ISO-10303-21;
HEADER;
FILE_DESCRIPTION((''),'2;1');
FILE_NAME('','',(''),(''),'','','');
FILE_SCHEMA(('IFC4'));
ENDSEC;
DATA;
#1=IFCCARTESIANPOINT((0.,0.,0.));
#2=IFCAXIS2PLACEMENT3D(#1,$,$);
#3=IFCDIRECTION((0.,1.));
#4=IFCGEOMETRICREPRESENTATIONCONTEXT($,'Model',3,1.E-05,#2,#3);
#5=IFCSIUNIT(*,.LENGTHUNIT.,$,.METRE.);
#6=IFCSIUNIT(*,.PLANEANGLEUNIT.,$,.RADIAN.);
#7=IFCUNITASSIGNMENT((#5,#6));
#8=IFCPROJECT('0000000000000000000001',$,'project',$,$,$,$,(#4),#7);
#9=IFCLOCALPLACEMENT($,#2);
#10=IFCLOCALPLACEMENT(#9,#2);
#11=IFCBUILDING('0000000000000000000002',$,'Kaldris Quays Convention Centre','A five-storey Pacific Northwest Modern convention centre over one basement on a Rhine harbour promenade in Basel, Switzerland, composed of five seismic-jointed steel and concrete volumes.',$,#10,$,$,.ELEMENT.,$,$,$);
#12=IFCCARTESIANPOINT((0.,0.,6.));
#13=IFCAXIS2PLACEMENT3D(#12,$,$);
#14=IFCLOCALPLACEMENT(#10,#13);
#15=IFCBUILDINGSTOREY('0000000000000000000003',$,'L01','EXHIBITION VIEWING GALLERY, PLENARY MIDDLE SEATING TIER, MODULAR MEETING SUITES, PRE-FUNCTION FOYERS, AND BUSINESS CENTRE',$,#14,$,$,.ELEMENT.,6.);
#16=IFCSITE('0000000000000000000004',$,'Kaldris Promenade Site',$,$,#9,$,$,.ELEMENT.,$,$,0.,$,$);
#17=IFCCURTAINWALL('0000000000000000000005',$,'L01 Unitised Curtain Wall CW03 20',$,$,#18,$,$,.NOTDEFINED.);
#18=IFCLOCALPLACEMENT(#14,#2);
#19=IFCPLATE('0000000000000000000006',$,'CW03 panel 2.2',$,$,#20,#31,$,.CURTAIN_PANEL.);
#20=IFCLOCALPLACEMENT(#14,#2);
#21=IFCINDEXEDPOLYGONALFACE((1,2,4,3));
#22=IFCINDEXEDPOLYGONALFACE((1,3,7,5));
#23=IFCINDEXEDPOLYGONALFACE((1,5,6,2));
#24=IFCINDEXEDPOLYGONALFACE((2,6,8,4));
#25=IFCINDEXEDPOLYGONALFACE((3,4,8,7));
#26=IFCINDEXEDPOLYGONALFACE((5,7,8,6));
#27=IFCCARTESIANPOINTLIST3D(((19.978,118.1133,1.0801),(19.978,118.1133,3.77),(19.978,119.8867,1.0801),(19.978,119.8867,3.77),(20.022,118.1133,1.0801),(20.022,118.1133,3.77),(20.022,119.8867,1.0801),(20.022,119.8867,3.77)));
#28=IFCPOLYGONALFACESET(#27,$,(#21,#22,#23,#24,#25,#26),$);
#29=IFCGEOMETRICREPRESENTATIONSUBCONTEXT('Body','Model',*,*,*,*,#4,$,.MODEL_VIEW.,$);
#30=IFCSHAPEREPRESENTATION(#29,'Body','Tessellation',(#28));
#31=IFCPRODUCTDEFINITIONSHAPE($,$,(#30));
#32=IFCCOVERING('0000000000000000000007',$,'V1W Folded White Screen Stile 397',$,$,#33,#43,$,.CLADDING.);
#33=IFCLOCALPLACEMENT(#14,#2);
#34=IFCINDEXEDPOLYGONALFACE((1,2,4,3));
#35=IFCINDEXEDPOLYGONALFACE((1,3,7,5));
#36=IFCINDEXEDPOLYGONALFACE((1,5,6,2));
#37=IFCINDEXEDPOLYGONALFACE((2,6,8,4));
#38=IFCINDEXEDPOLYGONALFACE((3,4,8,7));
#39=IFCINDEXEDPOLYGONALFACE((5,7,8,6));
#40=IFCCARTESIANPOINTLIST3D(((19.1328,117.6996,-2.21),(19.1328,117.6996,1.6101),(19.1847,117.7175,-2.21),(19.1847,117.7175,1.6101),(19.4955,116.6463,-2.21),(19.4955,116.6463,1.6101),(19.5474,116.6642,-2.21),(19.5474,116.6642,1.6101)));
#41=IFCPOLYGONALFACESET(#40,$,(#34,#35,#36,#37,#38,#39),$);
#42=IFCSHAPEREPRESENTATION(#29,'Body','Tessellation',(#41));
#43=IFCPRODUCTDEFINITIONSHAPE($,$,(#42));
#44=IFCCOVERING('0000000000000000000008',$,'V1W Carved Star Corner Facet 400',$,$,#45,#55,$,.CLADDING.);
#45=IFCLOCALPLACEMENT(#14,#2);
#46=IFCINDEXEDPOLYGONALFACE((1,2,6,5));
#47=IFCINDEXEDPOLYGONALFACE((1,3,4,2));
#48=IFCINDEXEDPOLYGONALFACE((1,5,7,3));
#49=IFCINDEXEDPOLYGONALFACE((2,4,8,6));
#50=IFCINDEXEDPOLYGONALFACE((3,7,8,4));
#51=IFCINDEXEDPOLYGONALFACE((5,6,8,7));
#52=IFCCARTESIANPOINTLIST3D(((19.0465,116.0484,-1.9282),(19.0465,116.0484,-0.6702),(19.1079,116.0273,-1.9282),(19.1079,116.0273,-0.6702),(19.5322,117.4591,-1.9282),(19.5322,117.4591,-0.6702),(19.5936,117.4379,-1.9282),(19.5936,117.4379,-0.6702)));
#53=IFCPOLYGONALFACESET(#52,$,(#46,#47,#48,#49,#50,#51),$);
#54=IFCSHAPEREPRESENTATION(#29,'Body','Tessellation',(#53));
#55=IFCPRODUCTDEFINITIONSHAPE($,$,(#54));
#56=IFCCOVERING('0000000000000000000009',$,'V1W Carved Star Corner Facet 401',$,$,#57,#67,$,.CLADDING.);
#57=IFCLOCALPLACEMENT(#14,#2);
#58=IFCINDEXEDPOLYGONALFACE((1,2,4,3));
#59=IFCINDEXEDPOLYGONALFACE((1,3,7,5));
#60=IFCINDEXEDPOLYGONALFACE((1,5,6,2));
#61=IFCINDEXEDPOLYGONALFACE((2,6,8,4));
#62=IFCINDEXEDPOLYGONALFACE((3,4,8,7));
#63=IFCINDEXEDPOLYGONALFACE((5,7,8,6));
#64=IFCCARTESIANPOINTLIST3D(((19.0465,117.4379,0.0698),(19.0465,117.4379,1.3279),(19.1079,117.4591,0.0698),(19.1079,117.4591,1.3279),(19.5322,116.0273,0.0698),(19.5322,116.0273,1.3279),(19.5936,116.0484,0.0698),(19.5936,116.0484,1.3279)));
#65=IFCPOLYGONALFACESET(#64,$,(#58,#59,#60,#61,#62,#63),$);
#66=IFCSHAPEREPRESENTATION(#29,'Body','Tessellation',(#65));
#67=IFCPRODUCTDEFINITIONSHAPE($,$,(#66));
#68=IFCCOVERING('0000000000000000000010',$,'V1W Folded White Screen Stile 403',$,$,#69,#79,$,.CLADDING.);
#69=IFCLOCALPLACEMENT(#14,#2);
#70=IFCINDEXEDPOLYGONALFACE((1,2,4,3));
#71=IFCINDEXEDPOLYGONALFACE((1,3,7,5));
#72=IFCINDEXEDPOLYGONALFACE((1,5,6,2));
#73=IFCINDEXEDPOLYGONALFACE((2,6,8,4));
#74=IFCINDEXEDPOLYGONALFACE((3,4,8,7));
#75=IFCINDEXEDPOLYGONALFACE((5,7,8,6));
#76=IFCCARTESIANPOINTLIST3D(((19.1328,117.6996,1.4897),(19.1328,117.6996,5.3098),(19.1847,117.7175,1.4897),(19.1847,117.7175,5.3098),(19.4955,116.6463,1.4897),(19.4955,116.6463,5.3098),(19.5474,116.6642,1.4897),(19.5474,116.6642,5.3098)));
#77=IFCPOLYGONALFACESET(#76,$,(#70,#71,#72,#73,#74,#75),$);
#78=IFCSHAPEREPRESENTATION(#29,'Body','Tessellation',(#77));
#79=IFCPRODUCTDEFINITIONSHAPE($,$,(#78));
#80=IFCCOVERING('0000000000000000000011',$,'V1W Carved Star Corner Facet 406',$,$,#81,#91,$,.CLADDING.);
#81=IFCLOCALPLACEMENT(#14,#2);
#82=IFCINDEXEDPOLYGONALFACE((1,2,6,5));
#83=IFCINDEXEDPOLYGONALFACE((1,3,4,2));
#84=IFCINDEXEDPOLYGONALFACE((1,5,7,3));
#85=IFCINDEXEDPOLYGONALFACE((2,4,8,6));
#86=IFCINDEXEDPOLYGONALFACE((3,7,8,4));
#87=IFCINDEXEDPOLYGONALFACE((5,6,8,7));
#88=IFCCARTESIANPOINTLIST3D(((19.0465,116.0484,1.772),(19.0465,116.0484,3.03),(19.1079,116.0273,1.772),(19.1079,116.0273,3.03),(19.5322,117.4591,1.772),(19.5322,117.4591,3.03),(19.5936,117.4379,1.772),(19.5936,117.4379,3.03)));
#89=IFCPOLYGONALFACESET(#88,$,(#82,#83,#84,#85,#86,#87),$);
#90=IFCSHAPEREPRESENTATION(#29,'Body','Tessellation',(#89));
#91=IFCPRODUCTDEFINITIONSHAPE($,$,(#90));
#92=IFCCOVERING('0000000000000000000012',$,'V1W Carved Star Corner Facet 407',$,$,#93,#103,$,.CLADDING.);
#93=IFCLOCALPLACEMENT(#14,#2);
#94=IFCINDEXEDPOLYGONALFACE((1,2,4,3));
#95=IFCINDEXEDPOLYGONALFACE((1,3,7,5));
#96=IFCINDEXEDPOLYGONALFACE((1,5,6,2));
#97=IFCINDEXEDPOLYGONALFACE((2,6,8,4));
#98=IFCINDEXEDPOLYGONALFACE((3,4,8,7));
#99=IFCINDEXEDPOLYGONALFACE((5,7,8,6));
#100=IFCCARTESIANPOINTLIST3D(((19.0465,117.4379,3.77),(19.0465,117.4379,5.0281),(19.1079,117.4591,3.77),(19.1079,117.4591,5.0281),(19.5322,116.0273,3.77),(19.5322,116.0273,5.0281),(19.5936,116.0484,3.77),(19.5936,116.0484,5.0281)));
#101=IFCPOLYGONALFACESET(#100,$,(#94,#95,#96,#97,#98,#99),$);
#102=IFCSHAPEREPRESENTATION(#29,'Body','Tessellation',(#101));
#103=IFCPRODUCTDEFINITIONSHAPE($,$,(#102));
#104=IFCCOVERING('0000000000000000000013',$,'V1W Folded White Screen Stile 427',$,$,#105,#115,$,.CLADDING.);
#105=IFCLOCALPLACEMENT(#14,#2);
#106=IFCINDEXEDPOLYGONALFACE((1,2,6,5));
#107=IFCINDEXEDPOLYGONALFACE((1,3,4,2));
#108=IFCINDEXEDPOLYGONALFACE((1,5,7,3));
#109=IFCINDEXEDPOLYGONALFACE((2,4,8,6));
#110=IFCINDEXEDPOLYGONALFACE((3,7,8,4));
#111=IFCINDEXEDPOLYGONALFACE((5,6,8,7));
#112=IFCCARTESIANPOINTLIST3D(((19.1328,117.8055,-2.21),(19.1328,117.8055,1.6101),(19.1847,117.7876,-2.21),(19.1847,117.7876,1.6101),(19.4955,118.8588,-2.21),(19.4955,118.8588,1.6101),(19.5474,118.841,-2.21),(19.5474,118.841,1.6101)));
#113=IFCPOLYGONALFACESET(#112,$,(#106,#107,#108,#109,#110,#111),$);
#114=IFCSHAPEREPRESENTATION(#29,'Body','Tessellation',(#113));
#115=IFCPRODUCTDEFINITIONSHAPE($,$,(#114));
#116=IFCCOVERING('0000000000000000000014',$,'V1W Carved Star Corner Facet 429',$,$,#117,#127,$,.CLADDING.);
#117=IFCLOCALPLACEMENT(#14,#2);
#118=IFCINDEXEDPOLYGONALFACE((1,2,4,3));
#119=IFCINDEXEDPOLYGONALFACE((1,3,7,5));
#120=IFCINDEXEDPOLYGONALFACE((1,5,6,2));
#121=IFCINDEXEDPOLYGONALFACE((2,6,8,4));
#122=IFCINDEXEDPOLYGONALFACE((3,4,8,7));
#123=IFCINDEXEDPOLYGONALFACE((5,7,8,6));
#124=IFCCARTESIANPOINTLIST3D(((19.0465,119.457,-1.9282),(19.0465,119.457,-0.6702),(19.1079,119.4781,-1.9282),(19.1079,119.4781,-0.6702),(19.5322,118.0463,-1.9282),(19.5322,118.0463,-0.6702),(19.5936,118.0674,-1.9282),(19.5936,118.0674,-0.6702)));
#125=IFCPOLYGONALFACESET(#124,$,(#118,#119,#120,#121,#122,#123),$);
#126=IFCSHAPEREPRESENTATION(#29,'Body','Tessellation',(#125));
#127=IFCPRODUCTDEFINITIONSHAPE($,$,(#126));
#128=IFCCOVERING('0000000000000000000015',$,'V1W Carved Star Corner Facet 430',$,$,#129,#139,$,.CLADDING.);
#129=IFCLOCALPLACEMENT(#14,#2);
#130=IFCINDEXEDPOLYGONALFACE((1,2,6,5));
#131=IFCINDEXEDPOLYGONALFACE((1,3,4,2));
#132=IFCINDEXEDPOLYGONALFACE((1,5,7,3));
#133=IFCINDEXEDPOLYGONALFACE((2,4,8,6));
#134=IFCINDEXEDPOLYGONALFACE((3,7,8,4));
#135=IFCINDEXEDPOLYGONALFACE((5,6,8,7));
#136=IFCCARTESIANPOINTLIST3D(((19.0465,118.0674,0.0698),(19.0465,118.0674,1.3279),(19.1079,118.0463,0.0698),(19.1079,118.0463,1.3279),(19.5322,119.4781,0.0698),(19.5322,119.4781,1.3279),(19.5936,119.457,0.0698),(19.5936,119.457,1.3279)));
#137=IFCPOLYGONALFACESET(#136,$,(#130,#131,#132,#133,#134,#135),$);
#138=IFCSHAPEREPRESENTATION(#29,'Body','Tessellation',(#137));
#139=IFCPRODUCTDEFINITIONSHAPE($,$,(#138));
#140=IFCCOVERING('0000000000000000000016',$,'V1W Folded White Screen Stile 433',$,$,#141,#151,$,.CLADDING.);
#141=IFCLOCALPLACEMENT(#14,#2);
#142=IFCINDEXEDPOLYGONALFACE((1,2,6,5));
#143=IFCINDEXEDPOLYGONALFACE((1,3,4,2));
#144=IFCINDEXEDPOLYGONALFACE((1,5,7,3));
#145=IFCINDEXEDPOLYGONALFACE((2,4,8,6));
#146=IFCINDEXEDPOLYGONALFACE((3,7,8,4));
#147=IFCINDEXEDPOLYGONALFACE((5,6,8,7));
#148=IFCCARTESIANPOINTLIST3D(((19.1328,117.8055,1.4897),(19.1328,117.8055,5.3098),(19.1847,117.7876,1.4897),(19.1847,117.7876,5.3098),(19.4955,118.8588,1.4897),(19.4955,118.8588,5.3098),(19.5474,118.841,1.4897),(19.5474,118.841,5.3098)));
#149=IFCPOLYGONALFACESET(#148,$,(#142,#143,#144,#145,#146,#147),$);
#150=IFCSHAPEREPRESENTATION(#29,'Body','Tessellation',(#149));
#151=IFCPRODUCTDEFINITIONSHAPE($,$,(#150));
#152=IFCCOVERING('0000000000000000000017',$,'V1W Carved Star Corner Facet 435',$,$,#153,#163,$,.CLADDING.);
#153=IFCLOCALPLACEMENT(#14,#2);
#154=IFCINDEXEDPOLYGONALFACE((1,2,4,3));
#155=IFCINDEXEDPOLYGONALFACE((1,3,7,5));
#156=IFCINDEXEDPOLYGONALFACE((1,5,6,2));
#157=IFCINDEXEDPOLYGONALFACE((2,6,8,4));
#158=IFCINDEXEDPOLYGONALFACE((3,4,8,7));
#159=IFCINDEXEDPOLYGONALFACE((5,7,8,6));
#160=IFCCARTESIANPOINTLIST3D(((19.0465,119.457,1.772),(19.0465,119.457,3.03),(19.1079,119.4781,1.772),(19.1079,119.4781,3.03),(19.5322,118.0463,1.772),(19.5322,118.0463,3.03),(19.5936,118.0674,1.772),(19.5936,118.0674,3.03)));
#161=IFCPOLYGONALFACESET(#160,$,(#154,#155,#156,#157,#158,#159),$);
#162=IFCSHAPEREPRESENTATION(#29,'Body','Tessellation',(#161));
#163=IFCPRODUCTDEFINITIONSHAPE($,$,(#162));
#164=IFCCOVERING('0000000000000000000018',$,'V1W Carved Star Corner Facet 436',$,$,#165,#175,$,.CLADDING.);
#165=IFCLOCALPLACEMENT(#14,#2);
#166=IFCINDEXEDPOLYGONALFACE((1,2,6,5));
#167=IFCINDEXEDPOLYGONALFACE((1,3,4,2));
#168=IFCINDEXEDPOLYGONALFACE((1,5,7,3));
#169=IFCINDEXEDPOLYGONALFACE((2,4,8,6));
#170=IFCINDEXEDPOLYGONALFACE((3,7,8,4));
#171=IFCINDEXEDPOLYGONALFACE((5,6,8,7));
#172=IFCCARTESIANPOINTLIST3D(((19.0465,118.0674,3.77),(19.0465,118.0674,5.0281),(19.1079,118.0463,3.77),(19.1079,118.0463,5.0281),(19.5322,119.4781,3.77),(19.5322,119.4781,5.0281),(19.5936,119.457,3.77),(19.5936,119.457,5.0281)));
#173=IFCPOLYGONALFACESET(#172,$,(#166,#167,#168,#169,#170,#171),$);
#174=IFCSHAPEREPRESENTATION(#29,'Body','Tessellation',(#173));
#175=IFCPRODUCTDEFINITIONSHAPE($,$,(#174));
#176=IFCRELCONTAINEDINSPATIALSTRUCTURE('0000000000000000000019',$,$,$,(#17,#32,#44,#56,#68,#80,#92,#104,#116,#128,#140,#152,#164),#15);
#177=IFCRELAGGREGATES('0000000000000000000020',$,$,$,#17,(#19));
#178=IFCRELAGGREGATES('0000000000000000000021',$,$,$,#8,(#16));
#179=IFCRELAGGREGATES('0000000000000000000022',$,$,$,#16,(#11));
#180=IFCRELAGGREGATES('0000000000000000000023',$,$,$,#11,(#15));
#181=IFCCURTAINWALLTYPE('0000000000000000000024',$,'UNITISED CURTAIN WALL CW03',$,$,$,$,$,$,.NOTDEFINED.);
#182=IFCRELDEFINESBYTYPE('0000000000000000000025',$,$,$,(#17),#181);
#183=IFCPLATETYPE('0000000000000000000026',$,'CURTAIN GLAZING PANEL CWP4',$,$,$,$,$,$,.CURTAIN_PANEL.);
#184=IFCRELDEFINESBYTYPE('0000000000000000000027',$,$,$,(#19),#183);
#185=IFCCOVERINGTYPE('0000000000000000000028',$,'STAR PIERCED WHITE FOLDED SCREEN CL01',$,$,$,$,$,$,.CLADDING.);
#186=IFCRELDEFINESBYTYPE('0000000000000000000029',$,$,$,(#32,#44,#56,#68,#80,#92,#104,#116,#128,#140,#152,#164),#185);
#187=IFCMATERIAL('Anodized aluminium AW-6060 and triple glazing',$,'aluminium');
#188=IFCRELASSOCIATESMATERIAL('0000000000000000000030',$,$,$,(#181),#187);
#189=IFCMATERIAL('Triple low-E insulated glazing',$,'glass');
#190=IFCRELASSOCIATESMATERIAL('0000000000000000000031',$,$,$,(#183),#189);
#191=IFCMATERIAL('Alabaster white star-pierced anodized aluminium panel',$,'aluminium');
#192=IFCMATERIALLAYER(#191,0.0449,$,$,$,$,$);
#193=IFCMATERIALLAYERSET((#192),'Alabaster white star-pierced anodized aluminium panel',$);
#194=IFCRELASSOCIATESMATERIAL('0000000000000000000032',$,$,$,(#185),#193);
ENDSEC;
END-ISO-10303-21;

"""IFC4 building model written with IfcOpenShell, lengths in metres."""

from ifc_helpers import new_model, si_unit, direction, frame, origin, origin_2d, place, context, subcontext, project, spatial, rectangle, extrude, material, layer, layer_set, type_object, element, aggregate, save


model = new_model("IFC4")

# Units and contexts
model_context = context("Model", 3, precision=1e-05, world=origin(), true_north=direction((0.0, 1.0)))
body_context = subcontext(model_context, "Body", "Model", "MODEL_VIEW")
ifc_project = project(units=[si_unit("LENGTHUNIT", "METRE"), si_unit("PLANEANGLEUNIT", "RADIAN")], contexts=[model_context])

# Site, building, storey
site_placement = place(None, origin())
site = spatial("IfcSite", under=ifc_project, at=site_placement, Name="Kaldris Promenade Site", CompositionType="ELEMENT", RefElevation=0.0)
building_placement = place(site_placement, origin())
building = spatial("IfcBuilding", under=site, at=building_placement, Name="Kaldris Quays Convention Centre", Description="A five-storey Pacific Northwest Modern convention centre over one basement on a Rhine harbour promenade in Basel, Switzerland, composed of five seismic-jointed steel and concrete volumes.", CompositionType="ELEMENT")
storey_placement = place(building_placement, frame((0.0, 0.0, 6.0)))
storey = spatial("IfcBuildingStorey", under=building, at=storey_placement, Name="L01", Description="EXHIBITION VIEWING GALLERY, PLENARY MIDDLE SEATING TIER, MODULAR MEETING SUITES, PRE-FUNCTION FOYERS, AND BUSINESS CENTRE", CompositionType="ELEMENT", Elevation=6.0)

# Curtain wall, plate
ifc_material_1 = material(Name="Anodized aluminium AW-6060 and triple glazing", Category="aluminium")
curtain_wall_type = type_object("IfcCurtainWallType", Name="UNITISED CURTAIN WALL CW03", PredefinedType="NOTDEFINED", material=ifc_material_1)
curtain_wall_placement = place(storey_placement, origin())
curtain_wall = element("IfcCurtainWall", 1, at=curtain_wall_placement, inside=storey, type_object=curtain_wall_type, Name="L01 Unitised Curtain Wall CW03 20", PredefinedType="NOTDEFINED")
ifc_material_2 = material(Name="Triple low-E insulated glazing", Category="glass")
plate_type = type_object("IfcPlateType", Name="CURTAIN GLAZING PANEL CWP4", PredefinedType="CURTAIN_PANEL", material=ifc_material_2)
plate_1_placement = place(storey_placement, frame((20.0, 119.0, 1.0801), z_axis=(0.0, 0.0, 1.0), x_axis=(0.0, 1.0, 0.0)))
plate_1 = element("IfcPlate", 2, at=plate_1_placement, type_object=plate_type, Name="CW03 panel 2.2", PredefinedType="CURTAIN_PANEL", context=body_context, shape_type="SweptSolid", body=[
    extrude(rectangle(XDim=1.7734, YDim=0.0439, at=origin_2d()), origin(), (0.0, 0.0, 1.0), 2.6899),
])
aggregate(curtain_wall, [plate_1])

# Coverings
ifc_material_3 = material(Name="Alabaster white star-pierced anodized aluminium panel", Category="aluminium")
ifc_layer = layer(ifc_material_3, 0.0449)
ifc_layer_set = layer_set([ifc_layer], Name="Alabaster white star-pierced anodized aluminium panel")
covering_type = type_object("IfcCoveringType", Name="STAR PIERCED WHITE FOLDED SCREEN CL01", PredefinedType="CLADDING", material=ifc_layer_set)
covering_1_placement = place(storey_placement, frame((19.3401, 117.1819, -2.21), z_axis=(0.0, 0.0, 1.0), x_axis=(-0.325568, 0.945519, 0.0)))
element("IfcCovering", 3, at=covering_1_placement, inside=storey, type_object=covering_type, Name="V1W Folded White Screen Stile 397", PredefinedType="CLADDING", context=body_context, shape_type="SweptSolid", body=[
    extrude(rectangle(XDim=1.114, YDim=0.0549, at=origin_2d()), origin(), (0.0, 0.0, 1.0), 3.8201),
])
for number, where, z_axis, x_axis, name in (
    (4, (19.3201, 116.7432, -1.9282), (0.0, 0.0, 1.0), (0.325568, 0.945519, 0.0), "V1W Carved Star Corner Facet 400"),
    (5, (19.3201, 116.7432, 0.0698), (0.0, 0.0, 1.0), (-0.325568, 0.945519, 0.0), "V1W Carved Star Corner Facet 401"),
):
    element("IfcCovering", number, at=place(storey_placement, frame(where, z_axis=z_axis, x_axis=x_axis)), inside=storey, type_object=covering_type, Name=name, PredefinedType="CLADDING", context=body_context, shape_type="SweptSolid", body=[
        extrude(rectangle(XDim=1.4919, YDim=0.0649, at=origin_2d()), origin(), (0.0, 0.0, 1.0), 1.2581),
    ])
covering_2_placement = place(storey_placement, frame((19.3401, 117.1819, 1.4897), z_axis=(0.0, 0.0, 1.0), x_axis=(-0.325568, 0.945519, 0.0)))
element("IfcCovering", 6, at=covering_2_placement, inside=storey, type_object=covering_type, Name="V1W Folded White Screen Stile 403", PredefinedType="CLADDING", context=body_context, shape_type="SweptSolid", body=[
    extrude(rectangle(XDim=1.114, YDim=0.0549, at=origin_2d()), origin(), (0.0, 0.0, 1.0), 3.8201),
])
for number, where, z_axis, x_axis, name in (
    (7, (19.3201, 116.7432, 1.772), (0.0, 0.0, 1.0), (0.325568, 0.945519, 0.0), "V1W Carved Star Corner Facet 406"),
    (8, (19.3201, 116.7432, 3.77), (0.0, 0.0, 1.0), (-0.325568, 0.945519, 0.0), "V1W Carved Star Corner Facet 407"),
):
    element("IfcCovering", number, at=place(storey_placement, frame(where, z_axis=z_axis, x_axis=x_axis)), inside=storey, type_object=covering_type, Name=name, PredefinedType="CLADDING", context=body_context, shape_type="SweptSolid", body=[
        extrude(rectangle(XDim=1.4919, YDim=0.0649, at=origin_2d()), origin(), (0.0, 0.0, 1.0), 1.2581),
    ])
covering_3_placement = place(storey_placement, frame((19.3401, 118.3232, -2.21), z_axis=(0.0, 0.0, 1.0), x_axis=(0.325568, 0.945519, 0.0)))
element("IfcCovering", 9, at=covering_3_placement, inside=storey, type_object=covering_type, Name="V1W Folded White Screen Stile 427", PredefinedType="CLADDING", context=body_context, shape_type="SweptSolid", body=[
    extrude(rectangle(XDim=1.114, YDim=0.0549, at=origin_2d()), origin(), (0.0, 0.0, 1.0), 3.8201),
])
for number, where, z_axis, x_axis, name in (
    (10, (19.3201, 118.7622, -1.9282), (0.0, 0.0, 1.0), (-0.325568, 0.945519, 0.0), "V1W Carved Star Corner Facet 429"),
    (11, (19.3201, 118.7622, 0.0698), (0.0, 0.0, 1.0), (0.325568, 0.945519, 0.0), "V1W Carved Star Corner Facet 430"),
):
    element("IfcCovering", number, at=place(storey_placement, frame(where, z_axis=z_axis, x_axis=x_axis)), inside=storey, type_object=covering_type, Name=name, PredefinedType="CLADDING", context=body_context, shape_type="SweptSolid", body=[
        extrude(rectangle(XDim=1.4919, YDim=0.0649, at=origin_2d()), origin(), (0.0, 0.0, 1.0), 1.2581),
    ])
covering_4_placement = place(storey_placement, frame((19.3401, 118.3232, 1.4897), z_axis=(0.0, 0.0, 1.0), x_axis=(0.325568, 0.945519, 0.0)))
element("IfcCovering", 12, at=covering_4_placement, inside=storey, type_object=covering_type, Name="V1W Folded White Screen Stile 433", PredefinedType="CLADDING", context=body_context, shape_type="SweptSolid", body=[
    extrude(rectangle(XDim=1.114, YDim=0.0549, at=origin_2d()), origin(), (0.0, 0.0, 1.0), 3.8201),
])
for number, where, z_axis, x_axis, name in (
    (13, (19.3201, 118.7622, 1.772), (0.0, 0.0, 1.0), (-0.325568, 0.945519, 0.0), "V1W Carved Star Corner Facet 435"),
    (14, (19.3201, 118.7622, 3.77), (0.0, 0.0, 1.0), (0.325568, 0.945519, 0.0), "V1W Carved Star Corner Facet 436"),
):
    element("IfcCovering", number, at=place(storey_placement, frame(where, z_axis=z_axis, x_axis=x_axis)), inside=storey, type_object=covering_type, Name=name, PredefinedType="CLADDING", context=body_context, shape_type="SweptSolid", body=[
        extrude(rectangle(XDim=1.4919, YDim=0.0649, at=origin_2d()), origin(), (0.0, 0.0, 1.0), 1.2581),
    ])

save(model, "model.ifc")
